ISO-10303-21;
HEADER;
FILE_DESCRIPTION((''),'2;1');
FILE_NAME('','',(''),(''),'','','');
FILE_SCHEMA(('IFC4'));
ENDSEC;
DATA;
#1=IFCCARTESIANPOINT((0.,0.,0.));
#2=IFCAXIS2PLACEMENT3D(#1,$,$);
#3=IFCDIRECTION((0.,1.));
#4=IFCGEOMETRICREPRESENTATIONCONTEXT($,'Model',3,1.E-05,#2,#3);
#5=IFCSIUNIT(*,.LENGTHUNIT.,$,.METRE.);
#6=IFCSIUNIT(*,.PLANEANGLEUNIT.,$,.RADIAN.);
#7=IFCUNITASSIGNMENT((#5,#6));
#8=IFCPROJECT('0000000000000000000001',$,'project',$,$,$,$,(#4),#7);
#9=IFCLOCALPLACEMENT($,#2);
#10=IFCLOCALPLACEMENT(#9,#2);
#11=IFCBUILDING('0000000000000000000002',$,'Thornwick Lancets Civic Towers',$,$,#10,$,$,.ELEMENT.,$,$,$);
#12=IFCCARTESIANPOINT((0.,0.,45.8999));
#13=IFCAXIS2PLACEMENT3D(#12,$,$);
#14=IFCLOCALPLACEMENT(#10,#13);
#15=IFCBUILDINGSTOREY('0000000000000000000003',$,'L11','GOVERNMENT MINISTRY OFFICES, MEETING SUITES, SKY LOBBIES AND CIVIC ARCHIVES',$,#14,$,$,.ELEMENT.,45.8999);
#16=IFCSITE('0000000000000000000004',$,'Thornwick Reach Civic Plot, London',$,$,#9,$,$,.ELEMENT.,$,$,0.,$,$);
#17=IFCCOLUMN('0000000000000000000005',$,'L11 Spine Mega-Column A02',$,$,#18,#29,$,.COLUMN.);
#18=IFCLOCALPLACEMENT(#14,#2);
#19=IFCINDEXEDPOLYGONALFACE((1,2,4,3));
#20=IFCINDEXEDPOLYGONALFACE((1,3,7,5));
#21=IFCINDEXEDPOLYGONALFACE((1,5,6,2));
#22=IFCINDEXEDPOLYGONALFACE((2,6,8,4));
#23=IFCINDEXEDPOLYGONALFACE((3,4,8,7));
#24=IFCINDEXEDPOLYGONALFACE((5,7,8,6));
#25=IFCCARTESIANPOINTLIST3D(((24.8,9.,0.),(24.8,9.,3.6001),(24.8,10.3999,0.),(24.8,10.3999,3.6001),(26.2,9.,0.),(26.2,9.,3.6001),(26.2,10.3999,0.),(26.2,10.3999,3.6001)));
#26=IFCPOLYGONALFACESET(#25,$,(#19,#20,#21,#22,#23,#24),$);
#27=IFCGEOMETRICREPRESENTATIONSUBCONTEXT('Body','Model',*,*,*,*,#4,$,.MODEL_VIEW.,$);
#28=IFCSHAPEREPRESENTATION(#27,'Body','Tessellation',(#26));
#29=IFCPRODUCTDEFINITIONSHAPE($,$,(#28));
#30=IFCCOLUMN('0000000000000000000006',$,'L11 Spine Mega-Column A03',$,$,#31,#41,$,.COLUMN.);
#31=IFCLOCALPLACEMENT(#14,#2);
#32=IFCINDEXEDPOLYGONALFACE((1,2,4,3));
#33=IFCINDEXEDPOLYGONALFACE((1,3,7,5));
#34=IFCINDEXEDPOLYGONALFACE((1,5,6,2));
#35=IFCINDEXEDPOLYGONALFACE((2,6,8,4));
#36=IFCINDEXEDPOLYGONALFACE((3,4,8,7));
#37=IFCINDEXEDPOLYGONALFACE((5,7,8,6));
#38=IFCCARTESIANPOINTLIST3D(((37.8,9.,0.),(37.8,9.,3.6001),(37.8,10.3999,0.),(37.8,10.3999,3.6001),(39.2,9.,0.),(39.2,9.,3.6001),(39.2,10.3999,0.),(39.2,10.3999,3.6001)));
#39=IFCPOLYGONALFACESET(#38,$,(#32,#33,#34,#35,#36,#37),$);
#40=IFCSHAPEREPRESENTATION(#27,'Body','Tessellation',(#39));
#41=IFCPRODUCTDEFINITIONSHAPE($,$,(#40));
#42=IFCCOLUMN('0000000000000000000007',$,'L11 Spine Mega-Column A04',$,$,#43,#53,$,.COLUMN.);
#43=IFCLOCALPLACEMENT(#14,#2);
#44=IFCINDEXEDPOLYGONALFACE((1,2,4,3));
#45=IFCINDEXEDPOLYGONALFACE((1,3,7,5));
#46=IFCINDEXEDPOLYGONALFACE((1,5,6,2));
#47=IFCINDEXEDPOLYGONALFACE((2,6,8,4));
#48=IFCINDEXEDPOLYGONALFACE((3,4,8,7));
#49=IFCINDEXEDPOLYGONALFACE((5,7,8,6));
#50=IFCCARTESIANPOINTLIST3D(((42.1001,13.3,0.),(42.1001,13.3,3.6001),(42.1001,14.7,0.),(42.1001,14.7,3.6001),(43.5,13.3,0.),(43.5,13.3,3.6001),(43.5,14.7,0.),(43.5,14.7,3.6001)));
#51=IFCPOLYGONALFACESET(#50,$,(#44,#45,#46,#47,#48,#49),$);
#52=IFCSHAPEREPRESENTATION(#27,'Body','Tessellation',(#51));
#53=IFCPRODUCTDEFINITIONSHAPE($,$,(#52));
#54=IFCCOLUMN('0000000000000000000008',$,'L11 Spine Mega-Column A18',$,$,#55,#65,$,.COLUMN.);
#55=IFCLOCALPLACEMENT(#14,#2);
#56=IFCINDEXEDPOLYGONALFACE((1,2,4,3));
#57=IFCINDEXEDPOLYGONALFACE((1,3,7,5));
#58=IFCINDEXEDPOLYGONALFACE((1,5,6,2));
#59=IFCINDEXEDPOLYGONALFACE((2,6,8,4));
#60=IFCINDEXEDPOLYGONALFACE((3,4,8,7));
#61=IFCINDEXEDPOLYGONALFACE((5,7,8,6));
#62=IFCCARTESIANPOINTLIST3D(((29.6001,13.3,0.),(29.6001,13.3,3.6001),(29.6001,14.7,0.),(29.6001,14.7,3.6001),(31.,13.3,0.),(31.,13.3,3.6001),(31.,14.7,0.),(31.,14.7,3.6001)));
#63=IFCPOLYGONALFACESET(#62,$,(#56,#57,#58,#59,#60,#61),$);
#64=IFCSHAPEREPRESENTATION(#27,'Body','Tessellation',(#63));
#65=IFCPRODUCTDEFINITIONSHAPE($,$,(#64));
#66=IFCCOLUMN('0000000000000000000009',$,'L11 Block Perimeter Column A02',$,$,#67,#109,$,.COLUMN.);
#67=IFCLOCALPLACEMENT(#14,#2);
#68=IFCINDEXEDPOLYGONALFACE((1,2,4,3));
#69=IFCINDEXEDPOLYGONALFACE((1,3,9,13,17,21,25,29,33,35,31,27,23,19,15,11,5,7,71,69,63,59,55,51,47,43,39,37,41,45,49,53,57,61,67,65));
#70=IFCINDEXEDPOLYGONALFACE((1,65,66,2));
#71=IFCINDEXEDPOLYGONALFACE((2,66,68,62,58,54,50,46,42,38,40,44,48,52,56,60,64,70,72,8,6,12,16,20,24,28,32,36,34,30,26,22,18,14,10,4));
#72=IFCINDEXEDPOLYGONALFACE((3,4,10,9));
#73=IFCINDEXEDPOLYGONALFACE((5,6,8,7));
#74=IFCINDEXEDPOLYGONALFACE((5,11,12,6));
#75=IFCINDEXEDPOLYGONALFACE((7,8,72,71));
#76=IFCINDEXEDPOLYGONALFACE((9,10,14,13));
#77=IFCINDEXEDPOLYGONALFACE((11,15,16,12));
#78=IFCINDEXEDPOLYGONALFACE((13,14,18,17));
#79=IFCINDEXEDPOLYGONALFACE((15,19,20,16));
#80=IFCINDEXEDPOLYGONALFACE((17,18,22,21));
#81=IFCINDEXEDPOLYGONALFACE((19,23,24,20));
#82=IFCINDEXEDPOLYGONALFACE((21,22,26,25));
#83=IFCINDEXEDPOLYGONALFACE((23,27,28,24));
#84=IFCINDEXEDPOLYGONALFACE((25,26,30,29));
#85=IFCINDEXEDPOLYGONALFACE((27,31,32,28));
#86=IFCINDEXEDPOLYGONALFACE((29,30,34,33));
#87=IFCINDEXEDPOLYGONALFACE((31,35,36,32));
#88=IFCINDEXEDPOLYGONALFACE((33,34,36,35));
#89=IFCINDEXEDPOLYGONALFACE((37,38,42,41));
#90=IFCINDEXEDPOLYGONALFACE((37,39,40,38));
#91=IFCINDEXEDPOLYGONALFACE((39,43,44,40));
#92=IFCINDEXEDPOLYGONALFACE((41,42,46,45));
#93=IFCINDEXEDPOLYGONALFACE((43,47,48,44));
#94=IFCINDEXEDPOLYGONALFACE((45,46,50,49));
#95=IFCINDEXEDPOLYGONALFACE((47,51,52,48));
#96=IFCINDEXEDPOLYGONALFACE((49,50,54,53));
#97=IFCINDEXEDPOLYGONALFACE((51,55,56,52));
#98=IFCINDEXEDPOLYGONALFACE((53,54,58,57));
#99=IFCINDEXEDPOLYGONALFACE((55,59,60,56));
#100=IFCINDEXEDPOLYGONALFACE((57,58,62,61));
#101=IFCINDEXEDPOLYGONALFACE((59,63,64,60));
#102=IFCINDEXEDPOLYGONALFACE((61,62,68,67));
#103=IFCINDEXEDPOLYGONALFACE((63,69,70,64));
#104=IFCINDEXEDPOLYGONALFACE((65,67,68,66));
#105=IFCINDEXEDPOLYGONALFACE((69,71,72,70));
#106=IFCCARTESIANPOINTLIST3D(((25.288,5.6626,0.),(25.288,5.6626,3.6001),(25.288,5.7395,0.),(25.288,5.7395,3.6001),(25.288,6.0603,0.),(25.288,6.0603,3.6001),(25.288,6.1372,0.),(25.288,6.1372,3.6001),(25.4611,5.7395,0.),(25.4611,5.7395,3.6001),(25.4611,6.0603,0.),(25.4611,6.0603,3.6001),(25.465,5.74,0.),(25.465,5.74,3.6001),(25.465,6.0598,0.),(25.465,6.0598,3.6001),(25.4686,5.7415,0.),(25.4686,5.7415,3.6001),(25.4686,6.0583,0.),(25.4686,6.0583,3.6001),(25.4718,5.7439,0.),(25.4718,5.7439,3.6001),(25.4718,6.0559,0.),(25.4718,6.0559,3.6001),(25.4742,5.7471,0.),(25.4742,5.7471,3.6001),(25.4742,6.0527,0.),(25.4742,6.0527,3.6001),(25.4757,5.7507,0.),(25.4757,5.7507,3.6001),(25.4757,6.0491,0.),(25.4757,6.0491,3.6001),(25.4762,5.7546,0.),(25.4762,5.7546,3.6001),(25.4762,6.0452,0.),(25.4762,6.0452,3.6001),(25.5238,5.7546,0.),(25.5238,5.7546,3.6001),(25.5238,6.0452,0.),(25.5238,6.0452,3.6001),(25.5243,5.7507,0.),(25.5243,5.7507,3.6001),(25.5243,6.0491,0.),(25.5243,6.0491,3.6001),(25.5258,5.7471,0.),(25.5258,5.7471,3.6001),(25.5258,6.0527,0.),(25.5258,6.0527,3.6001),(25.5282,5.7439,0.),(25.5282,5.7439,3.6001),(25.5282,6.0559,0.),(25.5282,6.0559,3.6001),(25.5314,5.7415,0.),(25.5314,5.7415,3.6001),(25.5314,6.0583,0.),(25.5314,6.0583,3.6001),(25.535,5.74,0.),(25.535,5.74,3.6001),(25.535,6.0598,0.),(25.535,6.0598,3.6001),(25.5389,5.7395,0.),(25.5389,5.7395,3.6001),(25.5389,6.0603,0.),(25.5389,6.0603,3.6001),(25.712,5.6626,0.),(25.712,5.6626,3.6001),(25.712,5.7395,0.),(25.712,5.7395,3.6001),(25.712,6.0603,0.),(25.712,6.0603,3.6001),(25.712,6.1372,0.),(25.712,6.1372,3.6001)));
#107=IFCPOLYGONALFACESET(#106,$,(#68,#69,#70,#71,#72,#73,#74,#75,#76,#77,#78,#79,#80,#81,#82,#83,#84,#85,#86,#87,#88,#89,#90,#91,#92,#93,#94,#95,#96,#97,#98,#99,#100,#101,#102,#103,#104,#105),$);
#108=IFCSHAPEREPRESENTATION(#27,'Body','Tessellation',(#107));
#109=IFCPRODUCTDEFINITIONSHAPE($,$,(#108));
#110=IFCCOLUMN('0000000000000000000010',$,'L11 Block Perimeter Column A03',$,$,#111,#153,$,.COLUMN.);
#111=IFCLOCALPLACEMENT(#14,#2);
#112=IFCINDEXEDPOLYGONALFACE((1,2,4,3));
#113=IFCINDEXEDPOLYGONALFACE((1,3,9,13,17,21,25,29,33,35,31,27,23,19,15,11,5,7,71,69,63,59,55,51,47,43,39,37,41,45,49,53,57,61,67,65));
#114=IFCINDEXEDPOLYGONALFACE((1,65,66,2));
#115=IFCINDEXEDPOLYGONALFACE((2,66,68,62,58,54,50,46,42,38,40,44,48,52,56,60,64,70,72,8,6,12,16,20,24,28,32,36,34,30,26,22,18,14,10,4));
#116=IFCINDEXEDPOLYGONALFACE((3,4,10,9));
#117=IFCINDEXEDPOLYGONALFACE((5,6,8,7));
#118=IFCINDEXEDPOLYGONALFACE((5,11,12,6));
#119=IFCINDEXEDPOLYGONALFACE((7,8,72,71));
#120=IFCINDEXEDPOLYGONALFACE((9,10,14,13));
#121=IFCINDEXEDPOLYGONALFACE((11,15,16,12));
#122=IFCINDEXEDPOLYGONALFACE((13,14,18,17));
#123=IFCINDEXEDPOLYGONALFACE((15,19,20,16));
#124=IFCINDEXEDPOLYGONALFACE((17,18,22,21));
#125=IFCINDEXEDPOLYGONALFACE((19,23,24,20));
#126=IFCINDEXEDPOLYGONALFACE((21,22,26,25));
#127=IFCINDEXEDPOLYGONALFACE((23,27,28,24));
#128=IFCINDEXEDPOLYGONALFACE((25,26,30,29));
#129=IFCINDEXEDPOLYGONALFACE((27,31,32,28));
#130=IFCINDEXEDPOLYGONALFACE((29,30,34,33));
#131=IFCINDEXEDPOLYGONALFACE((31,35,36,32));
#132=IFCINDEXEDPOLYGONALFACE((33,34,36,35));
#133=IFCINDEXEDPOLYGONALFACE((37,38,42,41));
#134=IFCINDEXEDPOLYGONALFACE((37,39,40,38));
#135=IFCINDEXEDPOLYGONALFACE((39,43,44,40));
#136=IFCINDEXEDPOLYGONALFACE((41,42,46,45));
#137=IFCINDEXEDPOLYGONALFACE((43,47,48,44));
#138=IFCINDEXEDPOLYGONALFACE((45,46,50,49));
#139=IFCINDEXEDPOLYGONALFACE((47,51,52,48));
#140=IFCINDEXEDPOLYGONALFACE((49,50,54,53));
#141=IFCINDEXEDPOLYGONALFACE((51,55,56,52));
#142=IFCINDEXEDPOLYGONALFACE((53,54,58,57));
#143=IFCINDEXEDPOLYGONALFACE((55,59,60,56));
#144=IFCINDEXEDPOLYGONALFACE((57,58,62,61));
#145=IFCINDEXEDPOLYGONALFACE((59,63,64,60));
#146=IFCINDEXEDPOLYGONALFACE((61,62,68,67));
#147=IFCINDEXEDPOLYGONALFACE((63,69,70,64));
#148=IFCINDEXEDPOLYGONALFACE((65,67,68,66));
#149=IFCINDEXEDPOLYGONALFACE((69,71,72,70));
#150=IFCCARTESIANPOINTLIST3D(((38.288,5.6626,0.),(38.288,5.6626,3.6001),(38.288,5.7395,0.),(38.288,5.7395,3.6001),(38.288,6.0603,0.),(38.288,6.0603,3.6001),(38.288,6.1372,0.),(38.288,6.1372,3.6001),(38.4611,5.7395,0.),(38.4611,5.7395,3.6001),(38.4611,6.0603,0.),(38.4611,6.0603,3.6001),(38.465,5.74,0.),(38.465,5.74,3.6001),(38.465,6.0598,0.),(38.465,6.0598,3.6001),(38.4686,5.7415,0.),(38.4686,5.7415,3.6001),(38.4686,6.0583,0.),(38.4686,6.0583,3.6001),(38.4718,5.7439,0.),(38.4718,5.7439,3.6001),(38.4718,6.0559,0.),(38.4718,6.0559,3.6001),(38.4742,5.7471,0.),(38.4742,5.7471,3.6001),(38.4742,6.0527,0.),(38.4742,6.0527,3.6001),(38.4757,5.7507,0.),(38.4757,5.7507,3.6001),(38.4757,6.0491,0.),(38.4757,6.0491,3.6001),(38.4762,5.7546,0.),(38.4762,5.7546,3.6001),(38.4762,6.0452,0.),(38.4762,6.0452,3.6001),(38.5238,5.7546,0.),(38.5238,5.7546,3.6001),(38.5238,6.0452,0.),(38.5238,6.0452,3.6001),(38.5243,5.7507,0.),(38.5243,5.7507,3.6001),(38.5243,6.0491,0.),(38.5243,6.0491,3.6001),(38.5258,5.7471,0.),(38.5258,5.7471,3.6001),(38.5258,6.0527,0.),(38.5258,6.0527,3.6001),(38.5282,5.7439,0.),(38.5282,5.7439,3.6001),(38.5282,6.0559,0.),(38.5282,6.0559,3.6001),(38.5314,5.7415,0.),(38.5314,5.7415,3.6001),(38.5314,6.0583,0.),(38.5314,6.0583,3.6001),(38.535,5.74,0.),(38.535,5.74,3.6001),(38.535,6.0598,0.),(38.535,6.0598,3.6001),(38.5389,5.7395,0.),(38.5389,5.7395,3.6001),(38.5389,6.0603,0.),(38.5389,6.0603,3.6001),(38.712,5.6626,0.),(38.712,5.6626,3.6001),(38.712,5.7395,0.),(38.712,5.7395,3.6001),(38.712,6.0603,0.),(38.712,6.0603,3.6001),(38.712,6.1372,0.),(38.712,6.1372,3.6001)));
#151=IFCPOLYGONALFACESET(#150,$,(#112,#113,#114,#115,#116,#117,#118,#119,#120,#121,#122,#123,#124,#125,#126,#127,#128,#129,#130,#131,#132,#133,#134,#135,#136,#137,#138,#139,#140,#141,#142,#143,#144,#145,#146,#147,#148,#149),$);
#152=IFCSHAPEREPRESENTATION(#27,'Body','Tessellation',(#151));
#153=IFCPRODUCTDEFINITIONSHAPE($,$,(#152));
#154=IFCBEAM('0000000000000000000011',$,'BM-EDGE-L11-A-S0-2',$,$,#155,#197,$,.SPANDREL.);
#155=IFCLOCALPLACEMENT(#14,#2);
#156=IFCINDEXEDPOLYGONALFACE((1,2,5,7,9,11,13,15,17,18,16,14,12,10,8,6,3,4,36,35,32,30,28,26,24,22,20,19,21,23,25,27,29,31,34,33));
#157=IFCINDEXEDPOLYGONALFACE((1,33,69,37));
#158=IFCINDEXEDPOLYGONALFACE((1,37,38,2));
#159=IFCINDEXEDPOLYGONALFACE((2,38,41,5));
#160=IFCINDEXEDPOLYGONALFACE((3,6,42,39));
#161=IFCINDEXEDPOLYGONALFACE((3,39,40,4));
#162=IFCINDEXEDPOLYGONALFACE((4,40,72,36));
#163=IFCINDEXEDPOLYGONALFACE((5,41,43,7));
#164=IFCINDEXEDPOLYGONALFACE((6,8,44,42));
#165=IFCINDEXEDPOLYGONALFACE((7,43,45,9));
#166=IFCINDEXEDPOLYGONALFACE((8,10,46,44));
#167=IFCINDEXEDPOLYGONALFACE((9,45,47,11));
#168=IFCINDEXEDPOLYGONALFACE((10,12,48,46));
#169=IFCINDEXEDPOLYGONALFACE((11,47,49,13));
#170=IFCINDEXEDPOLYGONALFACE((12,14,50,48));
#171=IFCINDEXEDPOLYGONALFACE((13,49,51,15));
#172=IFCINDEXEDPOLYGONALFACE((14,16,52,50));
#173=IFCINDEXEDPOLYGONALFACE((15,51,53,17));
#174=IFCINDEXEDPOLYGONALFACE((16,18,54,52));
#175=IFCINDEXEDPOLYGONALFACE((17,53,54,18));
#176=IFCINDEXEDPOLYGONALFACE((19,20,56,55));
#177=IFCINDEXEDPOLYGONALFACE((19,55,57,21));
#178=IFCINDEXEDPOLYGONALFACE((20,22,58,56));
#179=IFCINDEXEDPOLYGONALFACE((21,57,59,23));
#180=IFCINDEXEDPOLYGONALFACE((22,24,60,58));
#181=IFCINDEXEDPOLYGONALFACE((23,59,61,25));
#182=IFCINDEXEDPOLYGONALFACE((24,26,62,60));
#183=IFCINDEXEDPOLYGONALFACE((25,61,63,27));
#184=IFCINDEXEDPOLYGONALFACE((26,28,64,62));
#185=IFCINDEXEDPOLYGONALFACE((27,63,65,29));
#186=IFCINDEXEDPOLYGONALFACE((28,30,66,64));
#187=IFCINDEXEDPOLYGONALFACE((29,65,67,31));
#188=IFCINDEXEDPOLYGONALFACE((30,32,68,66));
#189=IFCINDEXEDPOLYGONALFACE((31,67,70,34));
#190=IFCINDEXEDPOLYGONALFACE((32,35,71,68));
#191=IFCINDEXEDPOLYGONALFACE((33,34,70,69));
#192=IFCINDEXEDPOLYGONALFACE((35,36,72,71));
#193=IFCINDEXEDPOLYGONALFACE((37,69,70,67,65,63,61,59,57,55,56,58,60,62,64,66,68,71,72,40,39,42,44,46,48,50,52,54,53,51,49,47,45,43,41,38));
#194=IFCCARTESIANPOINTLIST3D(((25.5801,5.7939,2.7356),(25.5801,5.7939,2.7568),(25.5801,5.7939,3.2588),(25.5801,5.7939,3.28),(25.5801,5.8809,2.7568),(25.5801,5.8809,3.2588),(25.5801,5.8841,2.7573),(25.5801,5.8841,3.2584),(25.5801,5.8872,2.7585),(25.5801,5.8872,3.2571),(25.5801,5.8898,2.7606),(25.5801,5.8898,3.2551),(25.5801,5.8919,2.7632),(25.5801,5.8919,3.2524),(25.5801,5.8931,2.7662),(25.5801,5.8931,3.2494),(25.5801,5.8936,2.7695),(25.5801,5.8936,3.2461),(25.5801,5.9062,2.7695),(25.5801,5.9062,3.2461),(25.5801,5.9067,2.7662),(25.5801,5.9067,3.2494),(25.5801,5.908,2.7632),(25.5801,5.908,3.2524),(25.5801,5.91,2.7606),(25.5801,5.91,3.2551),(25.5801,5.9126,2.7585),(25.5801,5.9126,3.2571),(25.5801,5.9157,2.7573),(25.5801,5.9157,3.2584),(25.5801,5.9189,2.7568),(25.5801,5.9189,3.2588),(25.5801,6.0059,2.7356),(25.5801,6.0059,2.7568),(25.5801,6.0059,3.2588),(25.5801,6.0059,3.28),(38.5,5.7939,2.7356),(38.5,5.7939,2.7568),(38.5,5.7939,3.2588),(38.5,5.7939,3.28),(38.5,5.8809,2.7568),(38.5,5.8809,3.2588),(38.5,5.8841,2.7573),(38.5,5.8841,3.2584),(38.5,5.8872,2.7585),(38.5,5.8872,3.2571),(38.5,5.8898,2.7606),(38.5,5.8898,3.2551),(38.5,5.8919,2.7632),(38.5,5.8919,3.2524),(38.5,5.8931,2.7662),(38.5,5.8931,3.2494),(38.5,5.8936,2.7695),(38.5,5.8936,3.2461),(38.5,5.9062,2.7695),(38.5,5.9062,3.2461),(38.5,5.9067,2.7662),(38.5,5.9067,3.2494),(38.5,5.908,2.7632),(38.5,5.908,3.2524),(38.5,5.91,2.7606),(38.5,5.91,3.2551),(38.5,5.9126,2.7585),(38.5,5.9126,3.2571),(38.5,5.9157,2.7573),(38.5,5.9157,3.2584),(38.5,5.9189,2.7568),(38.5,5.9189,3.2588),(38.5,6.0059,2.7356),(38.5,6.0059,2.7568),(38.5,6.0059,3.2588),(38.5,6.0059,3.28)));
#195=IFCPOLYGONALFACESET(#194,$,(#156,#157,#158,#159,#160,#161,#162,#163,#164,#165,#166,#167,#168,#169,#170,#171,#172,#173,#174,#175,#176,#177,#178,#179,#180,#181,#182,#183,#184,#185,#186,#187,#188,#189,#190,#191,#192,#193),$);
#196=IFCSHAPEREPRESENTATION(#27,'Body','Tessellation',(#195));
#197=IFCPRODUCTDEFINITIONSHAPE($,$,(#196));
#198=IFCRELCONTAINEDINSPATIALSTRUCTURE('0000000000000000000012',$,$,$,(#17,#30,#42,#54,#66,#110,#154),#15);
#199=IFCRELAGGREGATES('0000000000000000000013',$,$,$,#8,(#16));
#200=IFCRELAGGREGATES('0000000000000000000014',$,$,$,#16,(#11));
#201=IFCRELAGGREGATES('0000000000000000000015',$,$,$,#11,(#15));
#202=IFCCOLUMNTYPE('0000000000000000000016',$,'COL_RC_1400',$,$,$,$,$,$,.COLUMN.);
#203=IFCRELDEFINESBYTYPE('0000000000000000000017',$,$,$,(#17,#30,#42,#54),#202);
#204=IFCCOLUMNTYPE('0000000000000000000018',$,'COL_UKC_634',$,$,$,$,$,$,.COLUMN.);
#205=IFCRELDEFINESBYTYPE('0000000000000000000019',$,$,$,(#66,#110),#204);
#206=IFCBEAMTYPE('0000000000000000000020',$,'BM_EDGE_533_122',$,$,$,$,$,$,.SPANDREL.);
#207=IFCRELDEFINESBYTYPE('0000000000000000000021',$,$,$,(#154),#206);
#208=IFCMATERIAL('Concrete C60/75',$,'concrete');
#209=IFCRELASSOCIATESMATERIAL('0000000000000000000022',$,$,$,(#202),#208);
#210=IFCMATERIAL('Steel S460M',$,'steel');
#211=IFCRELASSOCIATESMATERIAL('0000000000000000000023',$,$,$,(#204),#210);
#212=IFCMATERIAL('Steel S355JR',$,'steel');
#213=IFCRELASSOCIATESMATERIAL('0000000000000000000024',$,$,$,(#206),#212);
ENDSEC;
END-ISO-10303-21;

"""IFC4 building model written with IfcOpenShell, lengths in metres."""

from ifc_helpers import new_model, si_unit, direction, frame, origin, origin_2d, place, context, subcontext, project, spatial, rectangle, i_section, extrude, material, material_profile, profile_set, type_object, element, save


model = new_model("IFC4")

# Units and contexts
model_context = context("Model", 3, precision=1e-05, world=origin(), true_north=direction((0.0, 1.0)))
body_context = subcontext(model_context, "Body", "Model", "MODEL_VIEW")
ifc_project = project(units=[si_unit("LENGTHUNIT", "METRE"), si_unit("PLANEANGLEUNIT", "RADIAN")], contexts=[model_context])

# Site, building, storey
site_placement = place(None, origin())
site = spatial("IfcSite", under=ifc_project, at=site_placement, Name="Thornwick Reach Civic Plot, London", CompositionType="ELEMENT", RefElevation=0.0)
building_placement = place(site_placement, origin())
building = spatial("IfcBuilding", under=site, at=building_placement, Name="Thornwick Lancets Civic Towers", CompositionType="ELEMENT")
storey_placement = place(building_placement, frame((0.0, 0.0, 45.8999)))
storey = spatial("IfcBuildingStorey", under=building, at=storey_placement, Name="L11", Description="GOVERNMENT MINISTRY OFFICES, MEETING SUITES, SKY LOBBIES AND CIVIC ARCHIVES", CompositionType="ELEMENT", Elevation=45.8999)

# Columns
ifc_material_1 = material(Name="Concrete C60/75", Category="concrete")
ifc_material_profile_1 = material_profile(ifc_material_1, rectangle(XDim=1.3999, YDim=1.3999, at=origin_2d()), Name="RC 1400x1400")
ifc_profile_set_1 = profile_set([ifc_material_profile_1], Name="Concrete C60/75")
column_type_1 = type_object("IfcColumnType", Name="COL_RC_1400", PredefinedType="COLUMN", material=ifc_profile_set_1)
for number, where, z_axis, x_axis, name in (
    (1, (25.5, 9.7, 0.0), (0.0, 0.0, 1.0), (1.0, 0.0, 0.0), "L11 Spine Mega-Column A02"),
    (2, (38.5, 9.7, 0.0), (0.0, 0.0, 1.0), (1.0, 0.0, 0.0), "L11 Spine Mega-Column A03"),
    (3, (42.8, 14.0, 0.0), (0.0, 0.0, 1.0), (1.0, 0.0, 0.0), "L11 Spine Mega-Column A04"),
    (4, (30.3, 14.0, 0.0), (0.0, 0.0, 1.0), (1.0, 0.0, 0.0), "L11 Spine Mega-Column A18"),
):
    element("IfcColumn", number, at=place(storey_placement, frame(where, z_axis=z_axis, x_axis=x_axis)), inside=storey, type_object=column_type_1, Name=name, PredefinedType="COLUMN", context=body_context, shape_type="SweptSolid", body=[
        extrude(rectangle(XDim=1.3999, YDim=1.3999, at=origin_2d()), origin(), (0.0, 0.0, 1.0), 3.6001),
    ])
ifc_material_2 = material(Name="Steel S460M", Category="steel")
ifc_material_profile_2 = material_profile(ifc_material_2, i_section(OverallWidth=0.4241, OverallDepth=0.4746, WebThickness=0.0476, FlangeThickness=0.0769, FilletRadius=0.0151, at=origin_2d()), Name="UKC 356x406x634")
ifc_profile_set_2 = profile_set([ifc_material_profile_2], Name="Steel S460M")
column_type_2 = type_object("IfcColumnType", Name="COL_UKC_634", PredefinedType="COLUMN", material=ifc_profile_set_2)
for number, where, z_axis, x_axis, name in (
    (5, (25.5, 5.8999, 0.0), (0.0, 0.0, 1.0), (1.0, 0.0, 0.0), "L11 Block Perimeter Column A02"),
    (6, (38.5, 5.8999, 0.0), (0.0, 0.0, 1.0), (1.0, 0.0, 0.0), "L11 Block Perimeter Column A03"),
):
    element("IfcColumn", number, at=place(storey_placement, frame(where, z_axis=z_axis, x_axis=x_axis)), inside=storey, type_object=column_type_2, Name=name, PredefinedType="COLUMN", context=body_context, shape_type="SweptSolid", body=[
        extrude(i_section(OverallWidth=0.4241, OverallDepth=0.4746, WebThickness=0.0476, FlangeThickness=0.0769, FilletRadius=0.0151, at=origin_2d()), origin(), (0.0, 0.0, 1.0), 3.6001),
    ])

# Beam
ifc_material_3 = material(Name="Steel S355JR", Category="steel")
ifc_material_profile_3 = material_profile(ifc_material_3, i_section(OverallWidth=0.2119, OverallDepth=0.5444, WebThickness=0.0127, FlangeThickness=0.0212, FilletRadius=0.0127, at=origin_2d()), Name="UKB 533x210x122")
ifc_profile_set_3 = profile_set([ifc_material_profile_3], Name="Steel S355JR")
beam_type_1 = type_object("IfcBeamType", Name="BM_EDGE_533_122", PredefinedType="SPANDREL", material=ifc_profile_set_3)
beam_1_placement = place(storey_placement, frame((25.5801, 5.8999, 3.0078), z_axis=(1.0, 0.0, 0.0), x_axis=(0.0, 1.0, 0.0)))
element("IfcBeam", 7, at=beam_1_placement, inside=storey, type_object=beam_type_1, Name="BM-EDGE-L11-A-S0-2", PredefinedType="SPANDREL", context=body_context, shape_type="SweptSolid", body=[
    extrude(i_section(OverallWidth=0.2119, OverallDepth=0.5444, WebThickness=0.0127, FlangeThickness=0.0212, FilletRadius=0.0127, at=origin_2d()), origin(), (0.0, 0.0, 1.0), 12.9199),
])

save(model, "model.ifc")
